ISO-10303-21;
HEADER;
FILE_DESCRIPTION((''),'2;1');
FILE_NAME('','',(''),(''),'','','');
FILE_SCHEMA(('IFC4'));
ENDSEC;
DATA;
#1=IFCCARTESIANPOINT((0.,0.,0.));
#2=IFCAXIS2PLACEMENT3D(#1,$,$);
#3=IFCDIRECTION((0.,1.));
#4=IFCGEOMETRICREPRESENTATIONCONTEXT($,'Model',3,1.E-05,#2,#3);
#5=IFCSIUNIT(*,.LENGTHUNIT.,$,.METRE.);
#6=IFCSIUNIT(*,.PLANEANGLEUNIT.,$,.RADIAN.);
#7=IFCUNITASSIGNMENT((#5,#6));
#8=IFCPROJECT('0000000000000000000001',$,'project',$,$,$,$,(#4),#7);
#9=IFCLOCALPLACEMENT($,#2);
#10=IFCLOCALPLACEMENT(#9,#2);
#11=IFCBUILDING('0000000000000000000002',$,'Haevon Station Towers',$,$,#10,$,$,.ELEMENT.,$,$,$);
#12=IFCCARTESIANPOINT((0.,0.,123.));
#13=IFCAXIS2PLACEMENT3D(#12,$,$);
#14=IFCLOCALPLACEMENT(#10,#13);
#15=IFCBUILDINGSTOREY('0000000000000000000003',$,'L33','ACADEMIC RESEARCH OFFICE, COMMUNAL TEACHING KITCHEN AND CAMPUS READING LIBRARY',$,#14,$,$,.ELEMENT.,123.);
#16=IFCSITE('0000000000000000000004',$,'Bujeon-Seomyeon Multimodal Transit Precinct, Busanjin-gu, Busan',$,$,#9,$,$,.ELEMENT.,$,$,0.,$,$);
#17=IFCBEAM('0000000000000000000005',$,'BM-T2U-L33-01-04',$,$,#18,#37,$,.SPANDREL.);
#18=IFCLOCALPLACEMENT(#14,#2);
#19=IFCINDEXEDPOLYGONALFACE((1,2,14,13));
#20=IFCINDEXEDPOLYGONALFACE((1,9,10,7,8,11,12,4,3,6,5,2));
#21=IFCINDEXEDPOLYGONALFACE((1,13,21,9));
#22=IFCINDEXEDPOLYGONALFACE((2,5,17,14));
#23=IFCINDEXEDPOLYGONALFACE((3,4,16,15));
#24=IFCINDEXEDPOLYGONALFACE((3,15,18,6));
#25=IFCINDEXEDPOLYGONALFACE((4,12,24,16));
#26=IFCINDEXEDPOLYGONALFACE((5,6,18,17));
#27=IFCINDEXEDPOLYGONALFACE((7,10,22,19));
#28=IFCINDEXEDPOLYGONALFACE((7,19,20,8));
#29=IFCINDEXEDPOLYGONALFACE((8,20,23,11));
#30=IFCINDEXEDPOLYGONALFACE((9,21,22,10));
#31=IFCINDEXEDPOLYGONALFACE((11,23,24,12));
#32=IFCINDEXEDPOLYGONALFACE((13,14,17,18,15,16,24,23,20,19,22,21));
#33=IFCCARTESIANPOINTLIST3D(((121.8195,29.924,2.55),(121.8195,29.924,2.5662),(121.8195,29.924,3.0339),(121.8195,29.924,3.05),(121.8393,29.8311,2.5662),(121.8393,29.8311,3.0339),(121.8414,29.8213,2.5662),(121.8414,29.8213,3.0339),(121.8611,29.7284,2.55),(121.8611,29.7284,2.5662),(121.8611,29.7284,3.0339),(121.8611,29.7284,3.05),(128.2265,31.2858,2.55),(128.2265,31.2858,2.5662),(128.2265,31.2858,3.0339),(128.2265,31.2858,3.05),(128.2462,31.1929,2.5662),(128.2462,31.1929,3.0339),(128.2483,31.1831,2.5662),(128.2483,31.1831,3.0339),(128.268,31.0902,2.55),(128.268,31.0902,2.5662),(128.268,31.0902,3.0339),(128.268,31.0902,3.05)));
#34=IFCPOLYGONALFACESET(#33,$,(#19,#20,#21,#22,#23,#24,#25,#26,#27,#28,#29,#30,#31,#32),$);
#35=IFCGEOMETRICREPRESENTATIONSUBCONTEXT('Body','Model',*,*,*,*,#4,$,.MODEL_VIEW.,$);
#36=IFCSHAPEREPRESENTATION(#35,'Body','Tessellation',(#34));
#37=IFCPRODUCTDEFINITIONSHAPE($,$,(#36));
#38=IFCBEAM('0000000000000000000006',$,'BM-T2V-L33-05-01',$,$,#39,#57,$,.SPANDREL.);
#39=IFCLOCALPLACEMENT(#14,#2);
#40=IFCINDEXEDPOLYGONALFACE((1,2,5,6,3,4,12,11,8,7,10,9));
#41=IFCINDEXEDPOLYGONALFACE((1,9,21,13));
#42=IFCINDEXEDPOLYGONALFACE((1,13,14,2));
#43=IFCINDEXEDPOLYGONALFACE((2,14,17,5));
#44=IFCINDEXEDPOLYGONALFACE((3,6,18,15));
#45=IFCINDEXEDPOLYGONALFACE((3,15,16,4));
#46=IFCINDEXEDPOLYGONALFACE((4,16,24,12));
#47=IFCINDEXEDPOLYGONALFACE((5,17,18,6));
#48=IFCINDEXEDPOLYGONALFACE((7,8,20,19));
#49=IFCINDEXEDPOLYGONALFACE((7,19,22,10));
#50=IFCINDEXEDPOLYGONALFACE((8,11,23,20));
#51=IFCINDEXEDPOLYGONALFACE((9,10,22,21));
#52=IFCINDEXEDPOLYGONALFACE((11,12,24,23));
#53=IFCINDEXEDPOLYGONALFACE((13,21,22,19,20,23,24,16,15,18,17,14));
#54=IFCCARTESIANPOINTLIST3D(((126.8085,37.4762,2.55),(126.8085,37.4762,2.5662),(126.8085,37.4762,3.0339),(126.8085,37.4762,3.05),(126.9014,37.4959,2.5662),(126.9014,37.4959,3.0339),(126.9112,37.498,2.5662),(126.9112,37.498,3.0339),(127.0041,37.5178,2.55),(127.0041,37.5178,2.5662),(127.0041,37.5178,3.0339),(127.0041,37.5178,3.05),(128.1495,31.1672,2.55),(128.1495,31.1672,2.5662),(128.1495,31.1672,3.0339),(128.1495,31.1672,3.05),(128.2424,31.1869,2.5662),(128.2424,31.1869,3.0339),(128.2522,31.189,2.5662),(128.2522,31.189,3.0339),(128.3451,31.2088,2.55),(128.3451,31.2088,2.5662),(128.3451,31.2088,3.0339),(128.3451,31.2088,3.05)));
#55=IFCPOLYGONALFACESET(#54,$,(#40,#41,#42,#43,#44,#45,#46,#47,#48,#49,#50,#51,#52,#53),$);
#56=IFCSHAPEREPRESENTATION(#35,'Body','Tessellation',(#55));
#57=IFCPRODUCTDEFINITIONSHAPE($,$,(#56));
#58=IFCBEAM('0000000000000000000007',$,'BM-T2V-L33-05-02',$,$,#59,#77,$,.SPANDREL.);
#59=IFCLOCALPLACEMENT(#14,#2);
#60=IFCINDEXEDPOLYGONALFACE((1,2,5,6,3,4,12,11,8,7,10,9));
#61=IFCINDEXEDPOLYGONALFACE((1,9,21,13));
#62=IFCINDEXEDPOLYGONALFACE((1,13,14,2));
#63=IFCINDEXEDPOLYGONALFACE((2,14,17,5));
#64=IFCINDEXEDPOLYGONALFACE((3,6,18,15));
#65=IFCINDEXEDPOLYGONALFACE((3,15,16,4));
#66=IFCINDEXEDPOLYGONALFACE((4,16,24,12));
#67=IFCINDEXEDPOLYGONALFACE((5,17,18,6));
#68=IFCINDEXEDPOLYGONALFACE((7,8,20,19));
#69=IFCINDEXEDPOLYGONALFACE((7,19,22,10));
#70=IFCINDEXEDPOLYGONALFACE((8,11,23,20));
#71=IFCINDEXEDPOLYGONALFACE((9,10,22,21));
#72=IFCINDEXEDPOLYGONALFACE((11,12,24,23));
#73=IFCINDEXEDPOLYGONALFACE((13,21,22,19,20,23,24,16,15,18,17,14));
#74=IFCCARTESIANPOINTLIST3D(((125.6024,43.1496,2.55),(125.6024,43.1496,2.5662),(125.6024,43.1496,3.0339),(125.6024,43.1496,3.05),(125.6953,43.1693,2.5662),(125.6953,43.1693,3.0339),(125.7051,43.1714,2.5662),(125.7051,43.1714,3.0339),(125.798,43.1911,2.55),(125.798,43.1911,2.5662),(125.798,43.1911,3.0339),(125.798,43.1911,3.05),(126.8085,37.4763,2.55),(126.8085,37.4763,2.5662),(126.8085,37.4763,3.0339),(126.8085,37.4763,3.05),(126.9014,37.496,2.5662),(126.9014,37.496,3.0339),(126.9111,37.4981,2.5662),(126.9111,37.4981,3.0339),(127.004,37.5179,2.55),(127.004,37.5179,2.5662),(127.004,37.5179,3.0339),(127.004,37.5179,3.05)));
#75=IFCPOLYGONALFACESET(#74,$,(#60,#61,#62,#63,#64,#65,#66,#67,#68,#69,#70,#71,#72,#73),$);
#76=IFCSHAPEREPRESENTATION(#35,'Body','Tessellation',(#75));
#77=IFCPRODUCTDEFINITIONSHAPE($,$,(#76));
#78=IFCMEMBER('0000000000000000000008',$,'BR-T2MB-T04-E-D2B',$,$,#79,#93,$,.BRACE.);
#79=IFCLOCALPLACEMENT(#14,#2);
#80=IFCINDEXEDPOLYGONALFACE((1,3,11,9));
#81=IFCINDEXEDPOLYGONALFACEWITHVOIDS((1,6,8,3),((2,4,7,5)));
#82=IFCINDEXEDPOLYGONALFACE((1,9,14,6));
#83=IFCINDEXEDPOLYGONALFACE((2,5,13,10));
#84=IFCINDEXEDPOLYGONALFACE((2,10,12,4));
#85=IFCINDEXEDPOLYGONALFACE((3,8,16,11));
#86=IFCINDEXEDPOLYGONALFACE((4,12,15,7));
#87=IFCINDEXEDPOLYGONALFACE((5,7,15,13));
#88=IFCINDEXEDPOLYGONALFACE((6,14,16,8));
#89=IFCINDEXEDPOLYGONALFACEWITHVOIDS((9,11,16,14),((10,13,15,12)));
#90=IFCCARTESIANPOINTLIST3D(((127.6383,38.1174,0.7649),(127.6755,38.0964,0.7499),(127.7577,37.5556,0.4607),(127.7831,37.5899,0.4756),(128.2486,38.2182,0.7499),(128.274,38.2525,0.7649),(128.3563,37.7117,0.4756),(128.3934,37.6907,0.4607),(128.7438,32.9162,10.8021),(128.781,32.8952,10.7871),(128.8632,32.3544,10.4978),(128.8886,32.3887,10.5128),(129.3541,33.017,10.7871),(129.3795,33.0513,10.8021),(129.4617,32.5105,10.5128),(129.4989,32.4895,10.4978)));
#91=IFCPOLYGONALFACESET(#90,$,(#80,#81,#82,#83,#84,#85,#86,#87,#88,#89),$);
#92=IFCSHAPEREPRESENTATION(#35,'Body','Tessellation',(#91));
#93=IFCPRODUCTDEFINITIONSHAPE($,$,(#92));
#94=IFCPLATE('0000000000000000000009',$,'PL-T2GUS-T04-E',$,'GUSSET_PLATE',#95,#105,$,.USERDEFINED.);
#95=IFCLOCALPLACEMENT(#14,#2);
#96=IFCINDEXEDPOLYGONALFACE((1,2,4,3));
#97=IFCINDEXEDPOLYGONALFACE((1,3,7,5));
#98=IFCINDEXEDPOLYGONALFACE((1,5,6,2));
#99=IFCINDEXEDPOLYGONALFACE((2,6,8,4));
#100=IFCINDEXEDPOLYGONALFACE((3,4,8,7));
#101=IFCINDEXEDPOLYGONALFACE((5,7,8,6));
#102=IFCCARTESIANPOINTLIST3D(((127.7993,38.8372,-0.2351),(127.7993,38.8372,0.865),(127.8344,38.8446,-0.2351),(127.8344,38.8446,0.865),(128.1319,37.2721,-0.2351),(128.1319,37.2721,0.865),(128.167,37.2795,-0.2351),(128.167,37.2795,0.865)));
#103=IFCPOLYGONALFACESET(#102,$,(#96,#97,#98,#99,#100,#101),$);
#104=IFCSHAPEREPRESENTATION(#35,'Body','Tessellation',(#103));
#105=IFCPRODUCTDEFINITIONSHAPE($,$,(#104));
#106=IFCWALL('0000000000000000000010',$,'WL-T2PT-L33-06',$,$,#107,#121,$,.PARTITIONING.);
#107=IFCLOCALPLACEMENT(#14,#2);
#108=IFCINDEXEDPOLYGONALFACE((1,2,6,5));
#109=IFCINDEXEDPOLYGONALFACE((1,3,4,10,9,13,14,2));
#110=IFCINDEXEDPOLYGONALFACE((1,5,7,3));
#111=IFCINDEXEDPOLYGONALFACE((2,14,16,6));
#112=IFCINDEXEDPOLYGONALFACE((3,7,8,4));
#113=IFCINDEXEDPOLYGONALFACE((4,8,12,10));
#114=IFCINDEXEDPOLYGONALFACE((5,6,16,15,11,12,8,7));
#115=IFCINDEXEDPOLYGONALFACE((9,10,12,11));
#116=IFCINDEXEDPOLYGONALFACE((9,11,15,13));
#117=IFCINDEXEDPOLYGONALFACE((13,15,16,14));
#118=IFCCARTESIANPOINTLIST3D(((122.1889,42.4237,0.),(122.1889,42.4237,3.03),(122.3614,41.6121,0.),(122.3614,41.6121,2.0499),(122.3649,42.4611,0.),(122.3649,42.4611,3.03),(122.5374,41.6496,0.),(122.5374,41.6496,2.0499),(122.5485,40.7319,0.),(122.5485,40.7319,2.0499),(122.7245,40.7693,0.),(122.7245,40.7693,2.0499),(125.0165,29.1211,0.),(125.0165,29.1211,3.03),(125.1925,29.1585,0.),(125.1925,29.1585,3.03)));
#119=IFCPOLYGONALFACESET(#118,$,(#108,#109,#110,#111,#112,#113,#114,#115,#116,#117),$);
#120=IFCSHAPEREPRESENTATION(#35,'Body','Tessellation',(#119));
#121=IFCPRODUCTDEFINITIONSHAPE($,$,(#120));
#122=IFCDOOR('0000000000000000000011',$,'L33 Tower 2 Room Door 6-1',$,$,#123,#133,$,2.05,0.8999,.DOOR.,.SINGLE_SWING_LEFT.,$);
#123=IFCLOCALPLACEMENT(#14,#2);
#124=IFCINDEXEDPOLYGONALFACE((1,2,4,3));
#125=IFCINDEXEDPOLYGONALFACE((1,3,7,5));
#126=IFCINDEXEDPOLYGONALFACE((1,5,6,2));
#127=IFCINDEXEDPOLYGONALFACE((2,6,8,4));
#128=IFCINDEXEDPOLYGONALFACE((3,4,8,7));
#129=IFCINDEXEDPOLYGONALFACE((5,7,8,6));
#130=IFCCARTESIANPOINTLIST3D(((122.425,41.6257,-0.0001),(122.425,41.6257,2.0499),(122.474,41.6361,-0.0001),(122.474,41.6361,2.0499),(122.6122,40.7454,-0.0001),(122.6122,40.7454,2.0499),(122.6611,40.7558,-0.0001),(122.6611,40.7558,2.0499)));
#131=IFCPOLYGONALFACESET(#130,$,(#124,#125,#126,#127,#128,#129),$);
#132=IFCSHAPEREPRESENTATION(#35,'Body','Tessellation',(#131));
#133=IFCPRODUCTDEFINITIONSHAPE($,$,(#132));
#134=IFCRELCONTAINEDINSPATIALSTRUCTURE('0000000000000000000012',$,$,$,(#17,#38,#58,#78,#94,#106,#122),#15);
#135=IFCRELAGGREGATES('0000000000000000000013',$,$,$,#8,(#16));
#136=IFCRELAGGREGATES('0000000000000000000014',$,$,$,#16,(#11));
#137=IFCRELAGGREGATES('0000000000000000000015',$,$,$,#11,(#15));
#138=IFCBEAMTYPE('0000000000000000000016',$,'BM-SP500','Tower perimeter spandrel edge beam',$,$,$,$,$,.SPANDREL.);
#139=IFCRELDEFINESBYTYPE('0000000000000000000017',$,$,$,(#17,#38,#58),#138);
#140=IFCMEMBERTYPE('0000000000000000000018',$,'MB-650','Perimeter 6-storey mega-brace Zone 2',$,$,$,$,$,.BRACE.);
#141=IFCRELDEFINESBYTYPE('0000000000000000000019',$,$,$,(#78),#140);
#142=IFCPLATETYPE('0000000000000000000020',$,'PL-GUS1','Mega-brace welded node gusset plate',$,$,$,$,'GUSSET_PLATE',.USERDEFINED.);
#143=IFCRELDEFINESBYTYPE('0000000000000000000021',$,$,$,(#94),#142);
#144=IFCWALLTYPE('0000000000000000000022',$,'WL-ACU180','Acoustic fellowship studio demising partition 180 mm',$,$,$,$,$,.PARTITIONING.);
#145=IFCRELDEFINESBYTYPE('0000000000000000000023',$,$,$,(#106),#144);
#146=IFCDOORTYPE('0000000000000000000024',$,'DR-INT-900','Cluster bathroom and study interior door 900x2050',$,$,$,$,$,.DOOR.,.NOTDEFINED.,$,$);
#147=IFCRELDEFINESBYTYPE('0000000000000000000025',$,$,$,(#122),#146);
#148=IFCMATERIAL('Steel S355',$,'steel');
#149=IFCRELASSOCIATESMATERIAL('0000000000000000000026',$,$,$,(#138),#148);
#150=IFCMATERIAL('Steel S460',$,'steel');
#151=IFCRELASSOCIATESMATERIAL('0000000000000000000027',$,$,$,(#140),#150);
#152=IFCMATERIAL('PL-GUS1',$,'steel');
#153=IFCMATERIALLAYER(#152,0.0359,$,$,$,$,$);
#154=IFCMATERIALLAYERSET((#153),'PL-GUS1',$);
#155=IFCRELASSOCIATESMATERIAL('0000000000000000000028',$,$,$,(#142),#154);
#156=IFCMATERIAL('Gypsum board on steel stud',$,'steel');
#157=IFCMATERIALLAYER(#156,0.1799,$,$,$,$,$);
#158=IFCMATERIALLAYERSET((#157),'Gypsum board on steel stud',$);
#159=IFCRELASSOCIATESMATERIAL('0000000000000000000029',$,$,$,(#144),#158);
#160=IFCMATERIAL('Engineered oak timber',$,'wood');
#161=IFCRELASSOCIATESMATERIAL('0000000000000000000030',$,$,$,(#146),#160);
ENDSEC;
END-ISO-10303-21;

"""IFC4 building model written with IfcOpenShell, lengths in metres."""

from ifc_helpers import new_model, si_unit, direction, frame, frame_2d, origin, origin_2d, place, context, subcontext, project, spatial, rectangle, hollow_rectangle, i_section, extrude, material, layer, layer_set, material_profile, profile_set, type_object, element, fill, save


model = new_model("IFC4")

# Units and contexts
model_context = context("Model", 3, precision=1e-05, world=origin(), true_north=direction((0.0, 1.0)))
body_context = subcontext(model_context, "Body", "Model", "MODEL_VIEW")
ifc_project = project(units=[si_unit("LENGTHUNIT", "METRE"), si_unit("PLANEANGLEUNIT", "RADIAN")], contexts=[model_context])

# Site, building, storey
site_placement = place(None, origin())
site = spatial("IfcSite", under=ifc_project, at=site_placement, Name="Bujeon-Seomyeon Multimodal Transit Precinct, Busanjin-gu, Busan", CompositionType="ELEMENT", RefElevation=0.0)
building_placement = place(site_placement, origin())
building = spatial("IfcBuilding", under=site, at=building_placement, Name="Haevon Station Towers", CompositionType="ELEMENT")
storey_placement = place(building_placement, frame((0.0, 0.0, 123.0)))
storey = spatial("IfcBuildingStorey", under=building, at=storey_placement, Name="L33", Description="ACADEMIC RESEARCH OFFICE, COMMUNAL TEACHING KITCHEN AND CAMPUS READING LIBRARY", CompositionType="ELEMENT", Elevation=123.0)

# Shared definitions
ifc_material_1 = material(Name="Steel S460", Category="steel")

# Beams
ifc_material_2 = material(Name="Steel S355", Category="steel")
ifc_material_profile_1 = material_profile(ifc_material_2, i_section(OverallWidth=0.2, OverallDepth=0.5, WebThickness=0.01, FlangeThickness=0.0161, at=origin_2d()), Name="H-500x200x10x16")
ifc_profile_set_1 = profile_set([ifc_material_profile_1], Name="Steel S355")
beam_type_1 = type_object("IfcBeamType", Name="BM-SP500", Description="Tower perimeter spandrel edge beam", PredefinedType="SPANDREL", material=ifc_profile_set_1)
beam_1_placement = place(storey_placement, frame((121.8403, 29.8262, 2.8), z_axis=(0.978149, 0.207907, 0.0), x_axis=(-0.207907, 0.978149, 0.0)))
element("IfcBeam", 1, at=beam_1_placement, inside=storey, type_object=beam_type_1, Name="BM-T2U-L33-01-04", PredefinedType="SPANDREL", context=body_context, shape_type="SweptSolid", body=[
    extrude(i_section(OverallWidth=0.2, OverallDepth=0.5, WebThickness=0.01, FlangeThickness=0.0161, at=origin_2d()), origin(), (0.0, 0.0, 1.0), 6.55),
])
beam_2_placement = place(storey_placement, frame((128.2473, 31.188, 2.8), z_axis=(-0.207916, 0.978147, 0.0), x_axis=(-0.978147, -0.207916, 0.0)))
element("IfcBeam", 2, at=beam_2_placement, inside=storey, type_object=beam_type_1, Name="BM-T2V-L33-05-01", PredefinedType="SPANDREL", context=body_context, shape_type="SweptSolid", body=[
    extrude(i_section(OverallWidth=0.2, OverallDepth=0.5, WebThickness=0.01, FlangeThickness=0.0161, at=origin_2d()), origin(), (0.0, 0.0, 1.0), 6.45),
])
beam_3_placement = place(storey_placement, frame((126.9062, 37.4971, 2.8), z_axis=(-0.207936, 0.978142, 0.0), x_axis=(-0.978142, -0.207936, 0.0)))
element("IfcBeam", 3, at=beam_3_placement, inside=storey, type_object=beam_type_1, Name="BM-T2V-L33-05-02", PredefinedType="SPANDREL", context=body_context, shape_type="SweptSolid", body=[
    extrude(i_section(OverallWidth=0.2, OverallDepth=0.5, WebThickness=0.01, FlangeThickness=0.0161, at=origin_2d()), origin(), (0.0, 0.0, 1.0), 5.8),
])

# Member
ifc_material_profile_2 = material_profile(ifc_material_1, hollow_rectangle(XDim=0.6499, YDim=0.6499, WallThickness=0.032, at=origin_2d()), Name="RHS-650x650x32")
ifc_profile_set_2 = profile_set([ifc_material_profile_2], Name="Steel S460")
member_type = type_object("IfcMemberType", Name="MB-650", Description="Perimeter 6-storey mega-brace Zone 2", PredefinedType="BRACE", material=ifc_profile_set_2)
member_placement = place(storey_placement, frame((128.0159, 37.9041, 0.6128), z_axis=(0.097324, -0.457906, 0.883657), x_axis=(0.97815, 0.207898, 0.0)))
element("IfcMember", 4, at=member_placement, inside=storey, type_object=member_type, Name="BR-T2MB-T04-E-D2B", PredefinedType="BRACE", context=body_context, shape_type="SweptSolid", body=[
    extrude(hollow_rectangle(XDim=0.6499, YDim=0.6499, WallThickness=0.032, at=origin_2d()), origin(), (0.0, 0.0, 1.0), 11.3586),
])

# Plate
ifc_material_3 = material(Name="PL-GUS1", Category="steel")
ifc_layer_1 = layer(ifc_material_3, 0.0359)
ifc_layer_set_1 = layer_set([ifc_layer_1], Name="PL-GUS1")
plate_type = type_object("IfcPlateType", Name="PL-GUS1", Description="Mega-brace welded node gusset plate", ElementType="GUSSET_PLATE", PredefinedType="USERDEFINED", material=ifc_layer_set_1)
plate_placement = place(storey_placement, frame((127.9832, 38.0583, -0.2351), z_axis=(0.0, 0.0, 1.0), x_axis=(-0.207912, 0.978148, 0.0)))
element("IfcPlate", 5, at=plate_placement, inside=storey, type_object=plate_type, Name="PL-T2GUS-T04-E", ObjectType="GUSSET_PLATE", PredefinedType="USERDEFINED", context=body_context, shape_type="SweptSolid", body=[
    extrude(rectangle(XDim=1.6001, YDim=0.0359, at=origin_2d()), origin(), (0.0, 0.0, 1.0), 1.1001),
])

# Wall, opening, door
ifc_material_4 = material(Name="Gypsum board on steel stud", Category="steel")
ifc_layer_2 = layer(ifc_material_4, 0.1799)
ifc_layer_set_2 = layer_set([ifc_layer_2], Name="Gypsum board on steel stud")
wall_type_1 = type_object("IfcWallType", Name="WL-ACU180", Description="Acoustic fellowship studio demising partition 180 mm", PredefinedType="PARTITIONING", material=ifc_layer_set_2)
wall_1_placement = place(storey_placement, frame((125.1045, 29.1399, 0.0), z_axis=(0.0, 0.0, 1.0), x_axis=(-0.207915, 0.978147, 0.0)))
wall_1 = element("IfcWall", 6, at=wall_1_placement, inside=storey, type_object=wall_type_1, Name="WL-T2PT-L33-06", PredefinedType="PARTITIONING", context=body_context, shape_type="SweptSolid", body=[
    extrude(rectangle(XDim=13.5999, YDim=0.1799, at=frame_2d((6.7998, 0.0))), origin(), (0.0, 0.0, 1.0), 3.03),
])
opening_1_placement = place(wall_1_placement, frame((11.8701, 0.0, 0.0)))
opening_1 = element("IfcOpeningElement", 7, at=opening_1_placement, cuts=wall_1, PredefinedType="OPENING", context=body_context, shape_type="SweptSolid", body=[
    extrude(rectangle(XDim=0.8999, YDim=2.05, at=frame_2d((0.45, 1.0249))), frame((0.0, 0.0999, 0.0), z_axis=(0.0, -1.0, 0.0), x_axis=(1.0, 0.0, 0.0)), (0.0, 0.0, 1.0), 0.2),
])
ifc_material_5 = material(Name="Engineered oak timber", Category="wood")
door_type = type_object("IfcDoorType", Name="DR-INT-900", Description="Cluster bathroom and study interior door 900x2050", OperationType="NOTDEFINED", PredefinedType="DOOR", material=ifc_material_5)
door_placement = place(opening_1_placement, origin())
door = element("IfcDoor", 8, at=door_placement, inside=storey, type_object=door_type, Name="L33 Tower 2 Room Door 6-1", OperationType="SINGLE_SWING_LEFT", OverallHeight=2.05, OverallWidth=0.8999, PredefinedType="DOOR", context=body_context, shape_type="SweptSolid", body=[
    extrude(rectangle(XDim=0.8999, YDim=2.05, at=frame_2d((0.45, 1.0249))), frame((0.0, 0.0249, 0.0), z_axis=(0.0, -1.0, 0.0), x_axis=(1.0, 0.0, 0.0)), (0.0, 0.0, 1.0), 0.05),
])
fill(opening_1, door)

save(model, "model.ifc")
